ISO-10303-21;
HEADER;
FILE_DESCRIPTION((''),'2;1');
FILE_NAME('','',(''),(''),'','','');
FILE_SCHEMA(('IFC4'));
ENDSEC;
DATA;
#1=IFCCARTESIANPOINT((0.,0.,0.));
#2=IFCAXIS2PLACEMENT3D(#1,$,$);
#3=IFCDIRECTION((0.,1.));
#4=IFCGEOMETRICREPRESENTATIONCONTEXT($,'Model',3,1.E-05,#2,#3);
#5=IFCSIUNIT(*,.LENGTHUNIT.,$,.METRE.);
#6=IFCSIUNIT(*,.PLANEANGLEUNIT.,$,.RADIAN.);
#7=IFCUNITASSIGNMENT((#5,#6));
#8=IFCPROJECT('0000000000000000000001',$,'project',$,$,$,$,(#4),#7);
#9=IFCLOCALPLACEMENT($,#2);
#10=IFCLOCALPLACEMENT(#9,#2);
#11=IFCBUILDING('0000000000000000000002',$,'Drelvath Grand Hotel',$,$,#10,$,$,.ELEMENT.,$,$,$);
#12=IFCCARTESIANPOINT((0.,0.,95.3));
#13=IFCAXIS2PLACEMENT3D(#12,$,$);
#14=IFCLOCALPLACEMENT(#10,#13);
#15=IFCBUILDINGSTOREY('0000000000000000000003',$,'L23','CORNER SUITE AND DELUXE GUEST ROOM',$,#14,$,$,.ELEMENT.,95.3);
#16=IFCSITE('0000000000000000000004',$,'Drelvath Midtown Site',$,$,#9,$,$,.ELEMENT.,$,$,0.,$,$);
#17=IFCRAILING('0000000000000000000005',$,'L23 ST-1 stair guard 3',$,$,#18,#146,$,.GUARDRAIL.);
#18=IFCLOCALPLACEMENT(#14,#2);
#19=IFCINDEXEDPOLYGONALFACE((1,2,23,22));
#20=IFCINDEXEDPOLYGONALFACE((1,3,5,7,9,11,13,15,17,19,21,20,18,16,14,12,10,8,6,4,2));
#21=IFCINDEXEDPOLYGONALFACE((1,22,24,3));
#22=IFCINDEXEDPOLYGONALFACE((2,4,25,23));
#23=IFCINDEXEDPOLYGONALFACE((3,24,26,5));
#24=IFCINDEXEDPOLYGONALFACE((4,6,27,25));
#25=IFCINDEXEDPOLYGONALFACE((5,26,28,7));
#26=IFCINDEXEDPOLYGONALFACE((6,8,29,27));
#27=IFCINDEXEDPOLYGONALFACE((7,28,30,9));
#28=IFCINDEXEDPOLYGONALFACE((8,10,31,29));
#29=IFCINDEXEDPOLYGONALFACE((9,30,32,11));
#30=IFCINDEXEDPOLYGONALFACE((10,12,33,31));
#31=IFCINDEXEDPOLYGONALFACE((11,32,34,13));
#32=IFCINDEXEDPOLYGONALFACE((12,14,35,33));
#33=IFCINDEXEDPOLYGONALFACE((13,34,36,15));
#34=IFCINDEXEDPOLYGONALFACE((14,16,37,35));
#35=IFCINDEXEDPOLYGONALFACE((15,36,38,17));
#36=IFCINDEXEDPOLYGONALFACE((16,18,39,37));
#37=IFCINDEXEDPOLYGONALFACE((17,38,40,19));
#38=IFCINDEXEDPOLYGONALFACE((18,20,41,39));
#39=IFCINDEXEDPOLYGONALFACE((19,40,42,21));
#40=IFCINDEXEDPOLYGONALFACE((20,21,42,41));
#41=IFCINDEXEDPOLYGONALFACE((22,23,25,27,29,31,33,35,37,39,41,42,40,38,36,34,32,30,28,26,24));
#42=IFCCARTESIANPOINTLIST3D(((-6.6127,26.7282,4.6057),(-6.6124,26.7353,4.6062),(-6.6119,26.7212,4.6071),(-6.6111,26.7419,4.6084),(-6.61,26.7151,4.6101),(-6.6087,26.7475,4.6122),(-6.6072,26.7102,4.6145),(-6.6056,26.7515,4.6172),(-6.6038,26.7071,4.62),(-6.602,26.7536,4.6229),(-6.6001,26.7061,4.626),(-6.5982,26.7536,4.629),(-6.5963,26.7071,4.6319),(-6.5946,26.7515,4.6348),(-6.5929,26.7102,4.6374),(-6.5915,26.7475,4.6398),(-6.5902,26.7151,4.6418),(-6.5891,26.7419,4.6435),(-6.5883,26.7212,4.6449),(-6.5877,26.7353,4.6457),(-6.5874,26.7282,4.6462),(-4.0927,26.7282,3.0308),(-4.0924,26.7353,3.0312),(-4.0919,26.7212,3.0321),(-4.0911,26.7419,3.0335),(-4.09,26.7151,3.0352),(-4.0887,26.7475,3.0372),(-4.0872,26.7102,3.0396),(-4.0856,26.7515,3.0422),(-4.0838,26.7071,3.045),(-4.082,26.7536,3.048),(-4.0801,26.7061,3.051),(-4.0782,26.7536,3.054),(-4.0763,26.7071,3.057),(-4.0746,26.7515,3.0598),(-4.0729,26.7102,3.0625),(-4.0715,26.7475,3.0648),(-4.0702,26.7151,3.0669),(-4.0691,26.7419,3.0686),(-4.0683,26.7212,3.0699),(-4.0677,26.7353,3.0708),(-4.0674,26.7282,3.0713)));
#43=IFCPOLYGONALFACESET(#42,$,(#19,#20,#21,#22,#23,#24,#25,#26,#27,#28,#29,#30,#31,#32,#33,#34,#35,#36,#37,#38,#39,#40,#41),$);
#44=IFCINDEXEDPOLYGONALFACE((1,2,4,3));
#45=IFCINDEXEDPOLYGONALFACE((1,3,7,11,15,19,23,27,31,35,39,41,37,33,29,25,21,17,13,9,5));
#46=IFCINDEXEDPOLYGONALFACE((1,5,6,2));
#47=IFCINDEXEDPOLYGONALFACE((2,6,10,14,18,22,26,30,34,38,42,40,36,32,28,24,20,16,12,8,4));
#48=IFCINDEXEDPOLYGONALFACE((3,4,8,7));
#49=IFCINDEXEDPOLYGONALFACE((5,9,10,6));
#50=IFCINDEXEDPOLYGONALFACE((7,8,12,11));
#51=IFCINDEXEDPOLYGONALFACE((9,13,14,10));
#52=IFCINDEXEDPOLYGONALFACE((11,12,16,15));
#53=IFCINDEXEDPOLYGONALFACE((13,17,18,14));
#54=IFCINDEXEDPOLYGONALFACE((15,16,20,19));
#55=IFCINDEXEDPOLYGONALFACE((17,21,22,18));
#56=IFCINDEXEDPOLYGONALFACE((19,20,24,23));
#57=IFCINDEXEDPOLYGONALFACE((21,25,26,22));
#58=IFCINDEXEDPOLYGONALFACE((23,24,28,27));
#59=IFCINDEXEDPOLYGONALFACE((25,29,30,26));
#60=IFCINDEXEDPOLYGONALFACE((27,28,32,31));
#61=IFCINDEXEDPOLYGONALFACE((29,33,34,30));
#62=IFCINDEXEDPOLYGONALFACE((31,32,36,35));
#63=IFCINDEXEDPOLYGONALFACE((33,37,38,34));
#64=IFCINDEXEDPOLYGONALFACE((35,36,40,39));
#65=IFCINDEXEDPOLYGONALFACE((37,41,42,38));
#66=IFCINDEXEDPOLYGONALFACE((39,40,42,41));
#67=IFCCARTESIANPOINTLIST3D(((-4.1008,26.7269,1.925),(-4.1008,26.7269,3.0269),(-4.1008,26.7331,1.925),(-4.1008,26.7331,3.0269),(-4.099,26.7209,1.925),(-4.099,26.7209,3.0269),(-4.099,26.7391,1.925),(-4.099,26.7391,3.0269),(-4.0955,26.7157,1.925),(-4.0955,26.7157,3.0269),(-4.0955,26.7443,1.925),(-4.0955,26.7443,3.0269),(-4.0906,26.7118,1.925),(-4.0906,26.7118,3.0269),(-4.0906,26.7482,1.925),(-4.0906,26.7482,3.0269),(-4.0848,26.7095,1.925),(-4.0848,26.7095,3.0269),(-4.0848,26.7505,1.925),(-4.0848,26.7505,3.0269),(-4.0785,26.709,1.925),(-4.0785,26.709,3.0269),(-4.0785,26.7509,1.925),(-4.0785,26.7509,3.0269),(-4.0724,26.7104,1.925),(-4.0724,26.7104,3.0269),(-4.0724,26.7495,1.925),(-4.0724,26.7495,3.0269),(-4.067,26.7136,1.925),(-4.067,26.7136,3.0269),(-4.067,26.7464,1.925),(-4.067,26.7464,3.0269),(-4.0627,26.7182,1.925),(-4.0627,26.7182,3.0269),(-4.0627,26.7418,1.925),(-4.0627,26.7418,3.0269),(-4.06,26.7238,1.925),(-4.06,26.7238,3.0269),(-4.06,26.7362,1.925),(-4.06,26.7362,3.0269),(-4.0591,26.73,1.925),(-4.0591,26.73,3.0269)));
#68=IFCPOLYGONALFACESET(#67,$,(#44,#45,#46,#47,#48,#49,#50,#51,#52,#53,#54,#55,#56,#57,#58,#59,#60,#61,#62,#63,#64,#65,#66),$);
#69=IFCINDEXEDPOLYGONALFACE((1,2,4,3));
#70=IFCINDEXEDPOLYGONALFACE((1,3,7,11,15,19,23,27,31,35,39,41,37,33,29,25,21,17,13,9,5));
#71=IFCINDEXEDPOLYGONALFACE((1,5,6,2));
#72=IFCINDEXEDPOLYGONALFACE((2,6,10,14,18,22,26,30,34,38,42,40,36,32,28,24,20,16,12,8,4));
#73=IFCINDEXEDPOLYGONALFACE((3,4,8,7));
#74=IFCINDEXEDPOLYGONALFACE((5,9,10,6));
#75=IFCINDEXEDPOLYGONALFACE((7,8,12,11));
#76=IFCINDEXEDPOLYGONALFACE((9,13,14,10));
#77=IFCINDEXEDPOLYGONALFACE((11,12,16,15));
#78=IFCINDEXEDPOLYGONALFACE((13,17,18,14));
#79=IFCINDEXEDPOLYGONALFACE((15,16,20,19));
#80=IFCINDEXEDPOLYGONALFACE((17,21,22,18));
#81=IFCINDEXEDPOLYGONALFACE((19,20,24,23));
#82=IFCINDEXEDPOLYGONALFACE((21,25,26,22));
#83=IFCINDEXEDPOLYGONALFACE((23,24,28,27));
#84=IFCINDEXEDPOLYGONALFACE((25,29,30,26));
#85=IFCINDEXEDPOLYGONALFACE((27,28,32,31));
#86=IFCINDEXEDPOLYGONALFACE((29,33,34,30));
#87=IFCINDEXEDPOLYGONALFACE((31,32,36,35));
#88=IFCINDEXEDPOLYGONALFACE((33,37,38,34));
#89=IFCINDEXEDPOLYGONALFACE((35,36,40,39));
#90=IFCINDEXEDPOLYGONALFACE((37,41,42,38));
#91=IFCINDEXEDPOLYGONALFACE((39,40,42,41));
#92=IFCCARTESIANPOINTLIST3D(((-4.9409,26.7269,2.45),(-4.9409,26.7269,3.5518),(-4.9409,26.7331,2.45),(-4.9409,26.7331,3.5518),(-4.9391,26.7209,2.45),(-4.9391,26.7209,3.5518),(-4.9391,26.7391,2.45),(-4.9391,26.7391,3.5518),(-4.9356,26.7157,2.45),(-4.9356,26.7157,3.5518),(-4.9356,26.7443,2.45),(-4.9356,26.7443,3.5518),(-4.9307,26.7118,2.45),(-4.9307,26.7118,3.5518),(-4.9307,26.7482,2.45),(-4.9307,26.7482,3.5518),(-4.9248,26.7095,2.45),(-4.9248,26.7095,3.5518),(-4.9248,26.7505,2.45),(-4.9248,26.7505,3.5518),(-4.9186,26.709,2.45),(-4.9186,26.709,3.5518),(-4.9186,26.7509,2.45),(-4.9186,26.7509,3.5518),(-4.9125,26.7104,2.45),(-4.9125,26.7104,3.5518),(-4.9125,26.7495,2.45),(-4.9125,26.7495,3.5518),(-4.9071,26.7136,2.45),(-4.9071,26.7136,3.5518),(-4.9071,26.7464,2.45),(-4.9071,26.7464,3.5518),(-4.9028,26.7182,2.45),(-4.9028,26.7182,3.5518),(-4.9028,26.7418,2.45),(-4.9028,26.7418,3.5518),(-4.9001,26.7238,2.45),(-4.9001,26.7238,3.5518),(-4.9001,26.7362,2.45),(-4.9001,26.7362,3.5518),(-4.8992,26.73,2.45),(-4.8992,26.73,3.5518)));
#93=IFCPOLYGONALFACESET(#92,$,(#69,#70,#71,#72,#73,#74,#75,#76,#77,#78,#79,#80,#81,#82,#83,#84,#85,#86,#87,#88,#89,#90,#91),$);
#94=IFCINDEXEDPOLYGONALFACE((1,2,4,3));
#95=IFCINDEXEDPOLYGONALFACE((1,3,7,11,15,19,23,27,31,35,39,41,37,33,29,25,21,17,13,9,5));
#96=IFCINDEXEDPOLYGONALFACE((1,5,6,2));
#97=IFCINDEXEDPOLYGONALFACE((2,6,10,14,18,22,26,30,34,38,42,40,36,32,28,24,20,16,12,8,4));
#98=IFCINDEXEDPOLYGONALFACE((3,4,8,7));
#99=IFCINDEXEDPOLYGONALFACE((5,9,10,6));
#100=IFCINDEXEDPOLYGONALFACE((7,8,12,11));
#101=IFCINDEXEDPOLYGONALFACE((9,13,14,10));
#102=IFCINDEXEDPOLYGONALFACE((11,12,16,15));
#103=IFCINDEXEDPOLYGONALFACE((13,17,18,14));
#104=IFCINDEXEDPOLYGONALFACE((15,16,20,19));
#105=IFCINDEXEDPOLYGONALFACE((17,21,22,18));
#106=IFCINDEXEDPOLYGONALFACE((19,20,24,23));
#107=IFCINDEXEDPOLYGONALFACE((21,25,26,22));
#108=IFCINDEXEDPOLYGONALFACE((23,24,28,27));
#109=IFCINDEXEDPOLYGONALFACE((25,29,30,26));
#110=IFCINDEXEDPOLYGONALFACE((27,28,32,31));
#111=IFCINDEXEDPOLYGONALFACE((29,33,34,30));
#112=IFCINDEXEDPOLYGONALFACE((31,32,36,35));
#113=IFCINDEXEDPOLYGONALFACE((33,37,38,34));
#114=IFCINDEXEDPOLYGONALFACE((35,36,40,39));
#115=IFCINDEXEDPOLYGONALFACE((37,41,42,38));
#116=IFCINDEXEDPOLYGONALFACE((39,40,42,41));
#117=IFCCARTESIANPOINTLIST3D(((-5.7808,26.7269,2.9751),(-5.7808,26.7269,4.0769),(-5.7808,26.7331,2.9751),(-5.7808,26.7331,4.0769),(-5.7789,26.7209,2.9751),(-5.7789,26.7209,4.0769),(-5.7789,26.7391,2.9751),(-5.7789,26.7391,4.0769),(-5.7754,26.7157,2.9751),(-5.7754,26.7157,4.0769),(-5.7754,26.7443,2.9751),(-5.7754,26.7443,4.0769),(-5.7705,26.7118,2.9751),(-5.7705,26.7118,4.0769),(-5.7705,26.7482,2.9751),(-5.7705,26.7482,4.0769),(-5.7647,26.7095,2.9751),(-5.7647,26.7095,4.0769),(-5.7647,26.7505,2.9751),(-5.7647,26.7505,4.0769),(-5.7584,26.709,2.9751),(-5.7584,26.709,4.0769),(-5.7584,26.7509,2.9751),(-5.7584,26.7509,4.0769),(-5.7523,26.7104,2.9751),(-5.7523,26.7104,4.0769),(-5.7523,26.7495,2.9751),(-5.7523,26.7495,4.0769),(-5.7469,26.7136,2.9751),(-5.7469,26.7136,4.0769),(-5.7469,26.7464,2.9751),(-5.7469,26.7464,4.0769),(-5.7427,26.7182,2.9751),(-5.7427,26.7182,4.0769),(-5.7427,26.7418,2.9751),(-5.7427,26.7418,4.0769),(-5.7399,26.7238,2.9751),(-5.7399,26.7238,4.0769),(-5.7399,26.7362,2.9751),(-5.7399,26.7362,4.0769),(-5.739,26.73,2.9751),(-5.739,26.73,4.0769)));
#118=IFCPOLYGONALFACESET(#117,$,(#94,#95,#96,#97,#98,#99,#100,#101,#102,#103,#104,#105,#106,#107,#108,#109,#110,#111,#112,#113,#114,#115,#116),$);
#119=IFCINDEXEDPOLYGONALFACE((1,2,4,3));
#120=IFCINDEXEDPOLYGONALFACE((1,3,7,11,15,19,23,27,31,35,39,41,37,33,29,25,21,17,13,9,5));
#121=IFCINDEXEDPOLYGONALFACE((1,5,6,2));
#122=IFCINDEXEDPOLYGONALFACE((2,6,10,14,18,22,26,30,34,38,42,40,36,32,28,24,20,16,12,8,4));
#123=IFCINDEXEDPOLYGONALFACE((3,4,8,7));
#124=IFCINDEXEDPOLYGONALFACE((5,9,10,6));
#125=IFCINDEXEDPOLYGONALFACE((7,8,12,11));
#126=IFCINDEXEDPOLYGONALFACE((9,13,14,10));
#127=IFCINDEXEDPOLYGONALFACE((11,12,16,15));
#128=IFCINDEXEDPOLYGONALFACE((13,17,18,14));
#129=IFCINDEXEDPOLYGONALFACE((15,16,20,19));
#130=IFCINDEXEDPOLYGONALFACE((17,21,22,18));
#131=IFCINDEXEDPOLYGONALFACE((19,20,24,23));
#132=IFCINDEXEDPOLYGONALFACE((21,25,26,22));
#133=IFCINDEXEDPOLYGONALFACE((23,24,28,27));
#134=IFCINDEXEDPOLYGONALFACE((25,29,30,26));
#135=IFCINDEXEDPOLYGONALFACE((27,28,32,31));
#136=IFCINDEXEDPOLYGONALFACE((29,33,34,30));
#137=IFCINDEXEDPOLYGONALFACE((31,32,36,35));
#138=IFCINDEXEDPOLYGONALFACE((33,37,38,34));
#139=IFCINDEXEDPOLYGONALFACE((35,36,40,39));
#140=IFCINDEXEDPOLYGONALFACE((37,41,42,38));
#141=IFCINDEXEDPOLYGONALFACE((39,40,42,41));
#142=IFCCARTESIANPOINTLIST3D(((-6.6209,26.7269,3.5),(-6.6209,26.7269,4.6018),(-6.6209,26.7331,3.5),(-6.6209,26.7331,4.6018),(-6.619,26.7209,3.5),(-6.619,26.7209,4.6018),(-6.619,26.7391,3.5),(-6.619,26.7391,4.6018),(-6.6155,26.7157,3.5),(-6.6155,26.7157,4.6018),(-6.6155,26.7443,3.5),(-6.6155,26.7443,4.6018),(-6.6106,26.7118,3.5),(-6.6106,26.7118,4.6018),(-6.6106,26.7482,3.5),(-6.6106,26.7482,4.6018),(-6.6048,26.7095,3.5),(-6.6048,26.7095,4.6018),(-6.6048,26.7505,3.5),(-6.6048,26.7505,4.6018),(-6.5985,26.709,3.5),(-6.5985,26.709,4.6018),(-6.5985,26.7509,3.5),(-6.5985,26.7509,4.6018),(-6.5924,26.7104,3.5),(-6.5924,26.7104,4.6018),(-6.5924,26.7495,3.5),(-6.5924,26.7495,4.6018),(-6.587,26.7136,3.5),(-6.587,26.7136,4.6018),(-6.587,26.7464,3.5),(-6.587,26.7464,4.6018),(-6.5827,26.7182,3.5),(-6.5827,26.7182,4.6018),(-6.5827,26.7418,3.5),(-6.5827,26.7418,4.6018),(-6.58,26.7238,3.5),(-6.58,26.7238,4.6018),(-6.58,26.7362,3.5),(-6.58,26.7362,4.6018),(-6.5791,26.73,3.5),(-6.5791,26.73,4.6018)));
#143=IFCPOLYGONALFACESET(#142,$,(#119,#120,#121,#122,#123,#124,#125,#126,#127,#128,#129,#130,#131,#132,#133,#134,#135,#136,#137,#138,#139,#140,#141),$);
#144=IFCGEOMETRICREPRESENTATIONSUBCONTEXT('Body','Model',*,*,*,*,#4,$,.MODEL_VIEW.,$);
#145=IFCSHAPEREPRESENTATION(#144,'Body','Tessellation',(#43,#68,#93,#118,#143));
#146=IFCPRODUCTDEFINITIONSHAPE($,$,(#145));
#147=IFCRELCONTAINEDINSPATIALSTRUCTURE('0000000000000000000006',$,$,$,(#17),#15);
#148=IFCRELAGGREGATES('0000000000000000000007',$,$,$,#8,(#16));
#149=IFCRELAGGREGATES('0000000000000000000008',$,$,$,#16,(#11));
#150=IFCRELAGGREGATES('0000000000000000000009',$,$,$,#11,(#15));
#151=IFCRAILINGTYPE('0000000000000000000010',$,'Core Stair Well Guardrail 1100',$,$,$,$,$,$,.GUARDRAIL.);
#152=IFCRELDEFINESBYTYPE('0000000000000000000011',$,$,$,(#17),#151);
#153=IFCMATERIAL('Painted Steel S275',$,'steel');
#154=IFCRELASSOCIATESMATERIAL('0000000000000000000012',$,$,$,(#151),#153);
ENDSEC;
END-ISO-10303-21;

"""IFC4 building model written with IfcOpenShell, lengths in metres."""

from ifc_helpers import new_model, si_unit, direction, frame, origin, origin_2d, place, context, subcontext, project, spatial, circle, extrude, material, type_object, element, save


model = new_model("IFC4")

# Units and contexts
model_context = context("Model", 3, precision=1e-05, world=origin(), true_north=direction((0.0, 1.0)))
body_context = subcontext(model_context, "Body", "Model", "MODEL_VIEW")
ifc_project = project(units=[si_unit("LENGTHUNIT", "METRE"), si_unit("PLANEANGLEUNIT", "RADIAN")], contexts=[model_context])

# Site, building, storey
site_placement = place(None, origin())
site = spatial("IfcSite", under=ifc_project, at=site_placement, Name="Drelvath Midtown Site", CompositionType="ELEMENT", RefElevation=0.0)
building_placement = place(site_placement, origin())
building = spatial("IfcBuilding", under=site, at=building_placement, Name="Drelvath Grand Hotel", CompositionType="ELEMENT")
storey_placement = place(building_placement, frame((0.0, 0.0, 95.3)))
storey = spatial("IfcBuildingStorey", under=building, at=storey_placement, Name="L23", Description="CORNER SUITE AND DELUXE GUEST ROOM", CompositionType="ELEMENT", Elevation=95.3)

# Shared definitions
ifc_material_1 = material(Name="Painted Steel S275", Category="steel")

# Railing
railing_type_1 = type_object("IfcRailingType", Name="Core Stair Well Guardrail 1100", PredefinedType="GUARDRAIL", material=ifc_material_1)
railing_1_placement = place(storey_placement, frame((-4.0801, 26.73, 1.925)))
element("IfcRailing", 1, at=railing_1_placement, inside=storey, type_object=railing_type_1, Name="L23 ST-1 stair guard 3", PredefinedType="GUARDRAIL", context=body_context, shape_type="SweptSolid", body=[
    extrude(circle(Radius=0.0239, at=origin_2d()), frame((0.0, 0.0, 1.126), z_axis=(-0.848008, 0.0, 0.529984), x_axis=(0.0, -1.0, 0.0)), (0.0, 0.0, 1.0), 2.9717),
    extrude(circle(Radius=0.021, at=origin_2d()), origin(), (0.0, 0.0, 1.0), 1.1018),
    extrude(circle(Radius=0.021, at=origin_2d()), frame((-0.8401, 0.0, 0.5249)), (0.0, 0.0, 1.0), 1.1018),
    extrude(circle(Radius=0.021, at=origin_2d()), frame((-1.6799, 0.0, 1.05)), (0.0, 0.0, 1.0), 1.1018),
    extrude(circle(Radius=0.021, at=origin_2d()), frame((-2.52, 0.0, 1.575)), (0.0, 0.0, 1.0), 1.1018),
])

save(model, "model.ifc")
